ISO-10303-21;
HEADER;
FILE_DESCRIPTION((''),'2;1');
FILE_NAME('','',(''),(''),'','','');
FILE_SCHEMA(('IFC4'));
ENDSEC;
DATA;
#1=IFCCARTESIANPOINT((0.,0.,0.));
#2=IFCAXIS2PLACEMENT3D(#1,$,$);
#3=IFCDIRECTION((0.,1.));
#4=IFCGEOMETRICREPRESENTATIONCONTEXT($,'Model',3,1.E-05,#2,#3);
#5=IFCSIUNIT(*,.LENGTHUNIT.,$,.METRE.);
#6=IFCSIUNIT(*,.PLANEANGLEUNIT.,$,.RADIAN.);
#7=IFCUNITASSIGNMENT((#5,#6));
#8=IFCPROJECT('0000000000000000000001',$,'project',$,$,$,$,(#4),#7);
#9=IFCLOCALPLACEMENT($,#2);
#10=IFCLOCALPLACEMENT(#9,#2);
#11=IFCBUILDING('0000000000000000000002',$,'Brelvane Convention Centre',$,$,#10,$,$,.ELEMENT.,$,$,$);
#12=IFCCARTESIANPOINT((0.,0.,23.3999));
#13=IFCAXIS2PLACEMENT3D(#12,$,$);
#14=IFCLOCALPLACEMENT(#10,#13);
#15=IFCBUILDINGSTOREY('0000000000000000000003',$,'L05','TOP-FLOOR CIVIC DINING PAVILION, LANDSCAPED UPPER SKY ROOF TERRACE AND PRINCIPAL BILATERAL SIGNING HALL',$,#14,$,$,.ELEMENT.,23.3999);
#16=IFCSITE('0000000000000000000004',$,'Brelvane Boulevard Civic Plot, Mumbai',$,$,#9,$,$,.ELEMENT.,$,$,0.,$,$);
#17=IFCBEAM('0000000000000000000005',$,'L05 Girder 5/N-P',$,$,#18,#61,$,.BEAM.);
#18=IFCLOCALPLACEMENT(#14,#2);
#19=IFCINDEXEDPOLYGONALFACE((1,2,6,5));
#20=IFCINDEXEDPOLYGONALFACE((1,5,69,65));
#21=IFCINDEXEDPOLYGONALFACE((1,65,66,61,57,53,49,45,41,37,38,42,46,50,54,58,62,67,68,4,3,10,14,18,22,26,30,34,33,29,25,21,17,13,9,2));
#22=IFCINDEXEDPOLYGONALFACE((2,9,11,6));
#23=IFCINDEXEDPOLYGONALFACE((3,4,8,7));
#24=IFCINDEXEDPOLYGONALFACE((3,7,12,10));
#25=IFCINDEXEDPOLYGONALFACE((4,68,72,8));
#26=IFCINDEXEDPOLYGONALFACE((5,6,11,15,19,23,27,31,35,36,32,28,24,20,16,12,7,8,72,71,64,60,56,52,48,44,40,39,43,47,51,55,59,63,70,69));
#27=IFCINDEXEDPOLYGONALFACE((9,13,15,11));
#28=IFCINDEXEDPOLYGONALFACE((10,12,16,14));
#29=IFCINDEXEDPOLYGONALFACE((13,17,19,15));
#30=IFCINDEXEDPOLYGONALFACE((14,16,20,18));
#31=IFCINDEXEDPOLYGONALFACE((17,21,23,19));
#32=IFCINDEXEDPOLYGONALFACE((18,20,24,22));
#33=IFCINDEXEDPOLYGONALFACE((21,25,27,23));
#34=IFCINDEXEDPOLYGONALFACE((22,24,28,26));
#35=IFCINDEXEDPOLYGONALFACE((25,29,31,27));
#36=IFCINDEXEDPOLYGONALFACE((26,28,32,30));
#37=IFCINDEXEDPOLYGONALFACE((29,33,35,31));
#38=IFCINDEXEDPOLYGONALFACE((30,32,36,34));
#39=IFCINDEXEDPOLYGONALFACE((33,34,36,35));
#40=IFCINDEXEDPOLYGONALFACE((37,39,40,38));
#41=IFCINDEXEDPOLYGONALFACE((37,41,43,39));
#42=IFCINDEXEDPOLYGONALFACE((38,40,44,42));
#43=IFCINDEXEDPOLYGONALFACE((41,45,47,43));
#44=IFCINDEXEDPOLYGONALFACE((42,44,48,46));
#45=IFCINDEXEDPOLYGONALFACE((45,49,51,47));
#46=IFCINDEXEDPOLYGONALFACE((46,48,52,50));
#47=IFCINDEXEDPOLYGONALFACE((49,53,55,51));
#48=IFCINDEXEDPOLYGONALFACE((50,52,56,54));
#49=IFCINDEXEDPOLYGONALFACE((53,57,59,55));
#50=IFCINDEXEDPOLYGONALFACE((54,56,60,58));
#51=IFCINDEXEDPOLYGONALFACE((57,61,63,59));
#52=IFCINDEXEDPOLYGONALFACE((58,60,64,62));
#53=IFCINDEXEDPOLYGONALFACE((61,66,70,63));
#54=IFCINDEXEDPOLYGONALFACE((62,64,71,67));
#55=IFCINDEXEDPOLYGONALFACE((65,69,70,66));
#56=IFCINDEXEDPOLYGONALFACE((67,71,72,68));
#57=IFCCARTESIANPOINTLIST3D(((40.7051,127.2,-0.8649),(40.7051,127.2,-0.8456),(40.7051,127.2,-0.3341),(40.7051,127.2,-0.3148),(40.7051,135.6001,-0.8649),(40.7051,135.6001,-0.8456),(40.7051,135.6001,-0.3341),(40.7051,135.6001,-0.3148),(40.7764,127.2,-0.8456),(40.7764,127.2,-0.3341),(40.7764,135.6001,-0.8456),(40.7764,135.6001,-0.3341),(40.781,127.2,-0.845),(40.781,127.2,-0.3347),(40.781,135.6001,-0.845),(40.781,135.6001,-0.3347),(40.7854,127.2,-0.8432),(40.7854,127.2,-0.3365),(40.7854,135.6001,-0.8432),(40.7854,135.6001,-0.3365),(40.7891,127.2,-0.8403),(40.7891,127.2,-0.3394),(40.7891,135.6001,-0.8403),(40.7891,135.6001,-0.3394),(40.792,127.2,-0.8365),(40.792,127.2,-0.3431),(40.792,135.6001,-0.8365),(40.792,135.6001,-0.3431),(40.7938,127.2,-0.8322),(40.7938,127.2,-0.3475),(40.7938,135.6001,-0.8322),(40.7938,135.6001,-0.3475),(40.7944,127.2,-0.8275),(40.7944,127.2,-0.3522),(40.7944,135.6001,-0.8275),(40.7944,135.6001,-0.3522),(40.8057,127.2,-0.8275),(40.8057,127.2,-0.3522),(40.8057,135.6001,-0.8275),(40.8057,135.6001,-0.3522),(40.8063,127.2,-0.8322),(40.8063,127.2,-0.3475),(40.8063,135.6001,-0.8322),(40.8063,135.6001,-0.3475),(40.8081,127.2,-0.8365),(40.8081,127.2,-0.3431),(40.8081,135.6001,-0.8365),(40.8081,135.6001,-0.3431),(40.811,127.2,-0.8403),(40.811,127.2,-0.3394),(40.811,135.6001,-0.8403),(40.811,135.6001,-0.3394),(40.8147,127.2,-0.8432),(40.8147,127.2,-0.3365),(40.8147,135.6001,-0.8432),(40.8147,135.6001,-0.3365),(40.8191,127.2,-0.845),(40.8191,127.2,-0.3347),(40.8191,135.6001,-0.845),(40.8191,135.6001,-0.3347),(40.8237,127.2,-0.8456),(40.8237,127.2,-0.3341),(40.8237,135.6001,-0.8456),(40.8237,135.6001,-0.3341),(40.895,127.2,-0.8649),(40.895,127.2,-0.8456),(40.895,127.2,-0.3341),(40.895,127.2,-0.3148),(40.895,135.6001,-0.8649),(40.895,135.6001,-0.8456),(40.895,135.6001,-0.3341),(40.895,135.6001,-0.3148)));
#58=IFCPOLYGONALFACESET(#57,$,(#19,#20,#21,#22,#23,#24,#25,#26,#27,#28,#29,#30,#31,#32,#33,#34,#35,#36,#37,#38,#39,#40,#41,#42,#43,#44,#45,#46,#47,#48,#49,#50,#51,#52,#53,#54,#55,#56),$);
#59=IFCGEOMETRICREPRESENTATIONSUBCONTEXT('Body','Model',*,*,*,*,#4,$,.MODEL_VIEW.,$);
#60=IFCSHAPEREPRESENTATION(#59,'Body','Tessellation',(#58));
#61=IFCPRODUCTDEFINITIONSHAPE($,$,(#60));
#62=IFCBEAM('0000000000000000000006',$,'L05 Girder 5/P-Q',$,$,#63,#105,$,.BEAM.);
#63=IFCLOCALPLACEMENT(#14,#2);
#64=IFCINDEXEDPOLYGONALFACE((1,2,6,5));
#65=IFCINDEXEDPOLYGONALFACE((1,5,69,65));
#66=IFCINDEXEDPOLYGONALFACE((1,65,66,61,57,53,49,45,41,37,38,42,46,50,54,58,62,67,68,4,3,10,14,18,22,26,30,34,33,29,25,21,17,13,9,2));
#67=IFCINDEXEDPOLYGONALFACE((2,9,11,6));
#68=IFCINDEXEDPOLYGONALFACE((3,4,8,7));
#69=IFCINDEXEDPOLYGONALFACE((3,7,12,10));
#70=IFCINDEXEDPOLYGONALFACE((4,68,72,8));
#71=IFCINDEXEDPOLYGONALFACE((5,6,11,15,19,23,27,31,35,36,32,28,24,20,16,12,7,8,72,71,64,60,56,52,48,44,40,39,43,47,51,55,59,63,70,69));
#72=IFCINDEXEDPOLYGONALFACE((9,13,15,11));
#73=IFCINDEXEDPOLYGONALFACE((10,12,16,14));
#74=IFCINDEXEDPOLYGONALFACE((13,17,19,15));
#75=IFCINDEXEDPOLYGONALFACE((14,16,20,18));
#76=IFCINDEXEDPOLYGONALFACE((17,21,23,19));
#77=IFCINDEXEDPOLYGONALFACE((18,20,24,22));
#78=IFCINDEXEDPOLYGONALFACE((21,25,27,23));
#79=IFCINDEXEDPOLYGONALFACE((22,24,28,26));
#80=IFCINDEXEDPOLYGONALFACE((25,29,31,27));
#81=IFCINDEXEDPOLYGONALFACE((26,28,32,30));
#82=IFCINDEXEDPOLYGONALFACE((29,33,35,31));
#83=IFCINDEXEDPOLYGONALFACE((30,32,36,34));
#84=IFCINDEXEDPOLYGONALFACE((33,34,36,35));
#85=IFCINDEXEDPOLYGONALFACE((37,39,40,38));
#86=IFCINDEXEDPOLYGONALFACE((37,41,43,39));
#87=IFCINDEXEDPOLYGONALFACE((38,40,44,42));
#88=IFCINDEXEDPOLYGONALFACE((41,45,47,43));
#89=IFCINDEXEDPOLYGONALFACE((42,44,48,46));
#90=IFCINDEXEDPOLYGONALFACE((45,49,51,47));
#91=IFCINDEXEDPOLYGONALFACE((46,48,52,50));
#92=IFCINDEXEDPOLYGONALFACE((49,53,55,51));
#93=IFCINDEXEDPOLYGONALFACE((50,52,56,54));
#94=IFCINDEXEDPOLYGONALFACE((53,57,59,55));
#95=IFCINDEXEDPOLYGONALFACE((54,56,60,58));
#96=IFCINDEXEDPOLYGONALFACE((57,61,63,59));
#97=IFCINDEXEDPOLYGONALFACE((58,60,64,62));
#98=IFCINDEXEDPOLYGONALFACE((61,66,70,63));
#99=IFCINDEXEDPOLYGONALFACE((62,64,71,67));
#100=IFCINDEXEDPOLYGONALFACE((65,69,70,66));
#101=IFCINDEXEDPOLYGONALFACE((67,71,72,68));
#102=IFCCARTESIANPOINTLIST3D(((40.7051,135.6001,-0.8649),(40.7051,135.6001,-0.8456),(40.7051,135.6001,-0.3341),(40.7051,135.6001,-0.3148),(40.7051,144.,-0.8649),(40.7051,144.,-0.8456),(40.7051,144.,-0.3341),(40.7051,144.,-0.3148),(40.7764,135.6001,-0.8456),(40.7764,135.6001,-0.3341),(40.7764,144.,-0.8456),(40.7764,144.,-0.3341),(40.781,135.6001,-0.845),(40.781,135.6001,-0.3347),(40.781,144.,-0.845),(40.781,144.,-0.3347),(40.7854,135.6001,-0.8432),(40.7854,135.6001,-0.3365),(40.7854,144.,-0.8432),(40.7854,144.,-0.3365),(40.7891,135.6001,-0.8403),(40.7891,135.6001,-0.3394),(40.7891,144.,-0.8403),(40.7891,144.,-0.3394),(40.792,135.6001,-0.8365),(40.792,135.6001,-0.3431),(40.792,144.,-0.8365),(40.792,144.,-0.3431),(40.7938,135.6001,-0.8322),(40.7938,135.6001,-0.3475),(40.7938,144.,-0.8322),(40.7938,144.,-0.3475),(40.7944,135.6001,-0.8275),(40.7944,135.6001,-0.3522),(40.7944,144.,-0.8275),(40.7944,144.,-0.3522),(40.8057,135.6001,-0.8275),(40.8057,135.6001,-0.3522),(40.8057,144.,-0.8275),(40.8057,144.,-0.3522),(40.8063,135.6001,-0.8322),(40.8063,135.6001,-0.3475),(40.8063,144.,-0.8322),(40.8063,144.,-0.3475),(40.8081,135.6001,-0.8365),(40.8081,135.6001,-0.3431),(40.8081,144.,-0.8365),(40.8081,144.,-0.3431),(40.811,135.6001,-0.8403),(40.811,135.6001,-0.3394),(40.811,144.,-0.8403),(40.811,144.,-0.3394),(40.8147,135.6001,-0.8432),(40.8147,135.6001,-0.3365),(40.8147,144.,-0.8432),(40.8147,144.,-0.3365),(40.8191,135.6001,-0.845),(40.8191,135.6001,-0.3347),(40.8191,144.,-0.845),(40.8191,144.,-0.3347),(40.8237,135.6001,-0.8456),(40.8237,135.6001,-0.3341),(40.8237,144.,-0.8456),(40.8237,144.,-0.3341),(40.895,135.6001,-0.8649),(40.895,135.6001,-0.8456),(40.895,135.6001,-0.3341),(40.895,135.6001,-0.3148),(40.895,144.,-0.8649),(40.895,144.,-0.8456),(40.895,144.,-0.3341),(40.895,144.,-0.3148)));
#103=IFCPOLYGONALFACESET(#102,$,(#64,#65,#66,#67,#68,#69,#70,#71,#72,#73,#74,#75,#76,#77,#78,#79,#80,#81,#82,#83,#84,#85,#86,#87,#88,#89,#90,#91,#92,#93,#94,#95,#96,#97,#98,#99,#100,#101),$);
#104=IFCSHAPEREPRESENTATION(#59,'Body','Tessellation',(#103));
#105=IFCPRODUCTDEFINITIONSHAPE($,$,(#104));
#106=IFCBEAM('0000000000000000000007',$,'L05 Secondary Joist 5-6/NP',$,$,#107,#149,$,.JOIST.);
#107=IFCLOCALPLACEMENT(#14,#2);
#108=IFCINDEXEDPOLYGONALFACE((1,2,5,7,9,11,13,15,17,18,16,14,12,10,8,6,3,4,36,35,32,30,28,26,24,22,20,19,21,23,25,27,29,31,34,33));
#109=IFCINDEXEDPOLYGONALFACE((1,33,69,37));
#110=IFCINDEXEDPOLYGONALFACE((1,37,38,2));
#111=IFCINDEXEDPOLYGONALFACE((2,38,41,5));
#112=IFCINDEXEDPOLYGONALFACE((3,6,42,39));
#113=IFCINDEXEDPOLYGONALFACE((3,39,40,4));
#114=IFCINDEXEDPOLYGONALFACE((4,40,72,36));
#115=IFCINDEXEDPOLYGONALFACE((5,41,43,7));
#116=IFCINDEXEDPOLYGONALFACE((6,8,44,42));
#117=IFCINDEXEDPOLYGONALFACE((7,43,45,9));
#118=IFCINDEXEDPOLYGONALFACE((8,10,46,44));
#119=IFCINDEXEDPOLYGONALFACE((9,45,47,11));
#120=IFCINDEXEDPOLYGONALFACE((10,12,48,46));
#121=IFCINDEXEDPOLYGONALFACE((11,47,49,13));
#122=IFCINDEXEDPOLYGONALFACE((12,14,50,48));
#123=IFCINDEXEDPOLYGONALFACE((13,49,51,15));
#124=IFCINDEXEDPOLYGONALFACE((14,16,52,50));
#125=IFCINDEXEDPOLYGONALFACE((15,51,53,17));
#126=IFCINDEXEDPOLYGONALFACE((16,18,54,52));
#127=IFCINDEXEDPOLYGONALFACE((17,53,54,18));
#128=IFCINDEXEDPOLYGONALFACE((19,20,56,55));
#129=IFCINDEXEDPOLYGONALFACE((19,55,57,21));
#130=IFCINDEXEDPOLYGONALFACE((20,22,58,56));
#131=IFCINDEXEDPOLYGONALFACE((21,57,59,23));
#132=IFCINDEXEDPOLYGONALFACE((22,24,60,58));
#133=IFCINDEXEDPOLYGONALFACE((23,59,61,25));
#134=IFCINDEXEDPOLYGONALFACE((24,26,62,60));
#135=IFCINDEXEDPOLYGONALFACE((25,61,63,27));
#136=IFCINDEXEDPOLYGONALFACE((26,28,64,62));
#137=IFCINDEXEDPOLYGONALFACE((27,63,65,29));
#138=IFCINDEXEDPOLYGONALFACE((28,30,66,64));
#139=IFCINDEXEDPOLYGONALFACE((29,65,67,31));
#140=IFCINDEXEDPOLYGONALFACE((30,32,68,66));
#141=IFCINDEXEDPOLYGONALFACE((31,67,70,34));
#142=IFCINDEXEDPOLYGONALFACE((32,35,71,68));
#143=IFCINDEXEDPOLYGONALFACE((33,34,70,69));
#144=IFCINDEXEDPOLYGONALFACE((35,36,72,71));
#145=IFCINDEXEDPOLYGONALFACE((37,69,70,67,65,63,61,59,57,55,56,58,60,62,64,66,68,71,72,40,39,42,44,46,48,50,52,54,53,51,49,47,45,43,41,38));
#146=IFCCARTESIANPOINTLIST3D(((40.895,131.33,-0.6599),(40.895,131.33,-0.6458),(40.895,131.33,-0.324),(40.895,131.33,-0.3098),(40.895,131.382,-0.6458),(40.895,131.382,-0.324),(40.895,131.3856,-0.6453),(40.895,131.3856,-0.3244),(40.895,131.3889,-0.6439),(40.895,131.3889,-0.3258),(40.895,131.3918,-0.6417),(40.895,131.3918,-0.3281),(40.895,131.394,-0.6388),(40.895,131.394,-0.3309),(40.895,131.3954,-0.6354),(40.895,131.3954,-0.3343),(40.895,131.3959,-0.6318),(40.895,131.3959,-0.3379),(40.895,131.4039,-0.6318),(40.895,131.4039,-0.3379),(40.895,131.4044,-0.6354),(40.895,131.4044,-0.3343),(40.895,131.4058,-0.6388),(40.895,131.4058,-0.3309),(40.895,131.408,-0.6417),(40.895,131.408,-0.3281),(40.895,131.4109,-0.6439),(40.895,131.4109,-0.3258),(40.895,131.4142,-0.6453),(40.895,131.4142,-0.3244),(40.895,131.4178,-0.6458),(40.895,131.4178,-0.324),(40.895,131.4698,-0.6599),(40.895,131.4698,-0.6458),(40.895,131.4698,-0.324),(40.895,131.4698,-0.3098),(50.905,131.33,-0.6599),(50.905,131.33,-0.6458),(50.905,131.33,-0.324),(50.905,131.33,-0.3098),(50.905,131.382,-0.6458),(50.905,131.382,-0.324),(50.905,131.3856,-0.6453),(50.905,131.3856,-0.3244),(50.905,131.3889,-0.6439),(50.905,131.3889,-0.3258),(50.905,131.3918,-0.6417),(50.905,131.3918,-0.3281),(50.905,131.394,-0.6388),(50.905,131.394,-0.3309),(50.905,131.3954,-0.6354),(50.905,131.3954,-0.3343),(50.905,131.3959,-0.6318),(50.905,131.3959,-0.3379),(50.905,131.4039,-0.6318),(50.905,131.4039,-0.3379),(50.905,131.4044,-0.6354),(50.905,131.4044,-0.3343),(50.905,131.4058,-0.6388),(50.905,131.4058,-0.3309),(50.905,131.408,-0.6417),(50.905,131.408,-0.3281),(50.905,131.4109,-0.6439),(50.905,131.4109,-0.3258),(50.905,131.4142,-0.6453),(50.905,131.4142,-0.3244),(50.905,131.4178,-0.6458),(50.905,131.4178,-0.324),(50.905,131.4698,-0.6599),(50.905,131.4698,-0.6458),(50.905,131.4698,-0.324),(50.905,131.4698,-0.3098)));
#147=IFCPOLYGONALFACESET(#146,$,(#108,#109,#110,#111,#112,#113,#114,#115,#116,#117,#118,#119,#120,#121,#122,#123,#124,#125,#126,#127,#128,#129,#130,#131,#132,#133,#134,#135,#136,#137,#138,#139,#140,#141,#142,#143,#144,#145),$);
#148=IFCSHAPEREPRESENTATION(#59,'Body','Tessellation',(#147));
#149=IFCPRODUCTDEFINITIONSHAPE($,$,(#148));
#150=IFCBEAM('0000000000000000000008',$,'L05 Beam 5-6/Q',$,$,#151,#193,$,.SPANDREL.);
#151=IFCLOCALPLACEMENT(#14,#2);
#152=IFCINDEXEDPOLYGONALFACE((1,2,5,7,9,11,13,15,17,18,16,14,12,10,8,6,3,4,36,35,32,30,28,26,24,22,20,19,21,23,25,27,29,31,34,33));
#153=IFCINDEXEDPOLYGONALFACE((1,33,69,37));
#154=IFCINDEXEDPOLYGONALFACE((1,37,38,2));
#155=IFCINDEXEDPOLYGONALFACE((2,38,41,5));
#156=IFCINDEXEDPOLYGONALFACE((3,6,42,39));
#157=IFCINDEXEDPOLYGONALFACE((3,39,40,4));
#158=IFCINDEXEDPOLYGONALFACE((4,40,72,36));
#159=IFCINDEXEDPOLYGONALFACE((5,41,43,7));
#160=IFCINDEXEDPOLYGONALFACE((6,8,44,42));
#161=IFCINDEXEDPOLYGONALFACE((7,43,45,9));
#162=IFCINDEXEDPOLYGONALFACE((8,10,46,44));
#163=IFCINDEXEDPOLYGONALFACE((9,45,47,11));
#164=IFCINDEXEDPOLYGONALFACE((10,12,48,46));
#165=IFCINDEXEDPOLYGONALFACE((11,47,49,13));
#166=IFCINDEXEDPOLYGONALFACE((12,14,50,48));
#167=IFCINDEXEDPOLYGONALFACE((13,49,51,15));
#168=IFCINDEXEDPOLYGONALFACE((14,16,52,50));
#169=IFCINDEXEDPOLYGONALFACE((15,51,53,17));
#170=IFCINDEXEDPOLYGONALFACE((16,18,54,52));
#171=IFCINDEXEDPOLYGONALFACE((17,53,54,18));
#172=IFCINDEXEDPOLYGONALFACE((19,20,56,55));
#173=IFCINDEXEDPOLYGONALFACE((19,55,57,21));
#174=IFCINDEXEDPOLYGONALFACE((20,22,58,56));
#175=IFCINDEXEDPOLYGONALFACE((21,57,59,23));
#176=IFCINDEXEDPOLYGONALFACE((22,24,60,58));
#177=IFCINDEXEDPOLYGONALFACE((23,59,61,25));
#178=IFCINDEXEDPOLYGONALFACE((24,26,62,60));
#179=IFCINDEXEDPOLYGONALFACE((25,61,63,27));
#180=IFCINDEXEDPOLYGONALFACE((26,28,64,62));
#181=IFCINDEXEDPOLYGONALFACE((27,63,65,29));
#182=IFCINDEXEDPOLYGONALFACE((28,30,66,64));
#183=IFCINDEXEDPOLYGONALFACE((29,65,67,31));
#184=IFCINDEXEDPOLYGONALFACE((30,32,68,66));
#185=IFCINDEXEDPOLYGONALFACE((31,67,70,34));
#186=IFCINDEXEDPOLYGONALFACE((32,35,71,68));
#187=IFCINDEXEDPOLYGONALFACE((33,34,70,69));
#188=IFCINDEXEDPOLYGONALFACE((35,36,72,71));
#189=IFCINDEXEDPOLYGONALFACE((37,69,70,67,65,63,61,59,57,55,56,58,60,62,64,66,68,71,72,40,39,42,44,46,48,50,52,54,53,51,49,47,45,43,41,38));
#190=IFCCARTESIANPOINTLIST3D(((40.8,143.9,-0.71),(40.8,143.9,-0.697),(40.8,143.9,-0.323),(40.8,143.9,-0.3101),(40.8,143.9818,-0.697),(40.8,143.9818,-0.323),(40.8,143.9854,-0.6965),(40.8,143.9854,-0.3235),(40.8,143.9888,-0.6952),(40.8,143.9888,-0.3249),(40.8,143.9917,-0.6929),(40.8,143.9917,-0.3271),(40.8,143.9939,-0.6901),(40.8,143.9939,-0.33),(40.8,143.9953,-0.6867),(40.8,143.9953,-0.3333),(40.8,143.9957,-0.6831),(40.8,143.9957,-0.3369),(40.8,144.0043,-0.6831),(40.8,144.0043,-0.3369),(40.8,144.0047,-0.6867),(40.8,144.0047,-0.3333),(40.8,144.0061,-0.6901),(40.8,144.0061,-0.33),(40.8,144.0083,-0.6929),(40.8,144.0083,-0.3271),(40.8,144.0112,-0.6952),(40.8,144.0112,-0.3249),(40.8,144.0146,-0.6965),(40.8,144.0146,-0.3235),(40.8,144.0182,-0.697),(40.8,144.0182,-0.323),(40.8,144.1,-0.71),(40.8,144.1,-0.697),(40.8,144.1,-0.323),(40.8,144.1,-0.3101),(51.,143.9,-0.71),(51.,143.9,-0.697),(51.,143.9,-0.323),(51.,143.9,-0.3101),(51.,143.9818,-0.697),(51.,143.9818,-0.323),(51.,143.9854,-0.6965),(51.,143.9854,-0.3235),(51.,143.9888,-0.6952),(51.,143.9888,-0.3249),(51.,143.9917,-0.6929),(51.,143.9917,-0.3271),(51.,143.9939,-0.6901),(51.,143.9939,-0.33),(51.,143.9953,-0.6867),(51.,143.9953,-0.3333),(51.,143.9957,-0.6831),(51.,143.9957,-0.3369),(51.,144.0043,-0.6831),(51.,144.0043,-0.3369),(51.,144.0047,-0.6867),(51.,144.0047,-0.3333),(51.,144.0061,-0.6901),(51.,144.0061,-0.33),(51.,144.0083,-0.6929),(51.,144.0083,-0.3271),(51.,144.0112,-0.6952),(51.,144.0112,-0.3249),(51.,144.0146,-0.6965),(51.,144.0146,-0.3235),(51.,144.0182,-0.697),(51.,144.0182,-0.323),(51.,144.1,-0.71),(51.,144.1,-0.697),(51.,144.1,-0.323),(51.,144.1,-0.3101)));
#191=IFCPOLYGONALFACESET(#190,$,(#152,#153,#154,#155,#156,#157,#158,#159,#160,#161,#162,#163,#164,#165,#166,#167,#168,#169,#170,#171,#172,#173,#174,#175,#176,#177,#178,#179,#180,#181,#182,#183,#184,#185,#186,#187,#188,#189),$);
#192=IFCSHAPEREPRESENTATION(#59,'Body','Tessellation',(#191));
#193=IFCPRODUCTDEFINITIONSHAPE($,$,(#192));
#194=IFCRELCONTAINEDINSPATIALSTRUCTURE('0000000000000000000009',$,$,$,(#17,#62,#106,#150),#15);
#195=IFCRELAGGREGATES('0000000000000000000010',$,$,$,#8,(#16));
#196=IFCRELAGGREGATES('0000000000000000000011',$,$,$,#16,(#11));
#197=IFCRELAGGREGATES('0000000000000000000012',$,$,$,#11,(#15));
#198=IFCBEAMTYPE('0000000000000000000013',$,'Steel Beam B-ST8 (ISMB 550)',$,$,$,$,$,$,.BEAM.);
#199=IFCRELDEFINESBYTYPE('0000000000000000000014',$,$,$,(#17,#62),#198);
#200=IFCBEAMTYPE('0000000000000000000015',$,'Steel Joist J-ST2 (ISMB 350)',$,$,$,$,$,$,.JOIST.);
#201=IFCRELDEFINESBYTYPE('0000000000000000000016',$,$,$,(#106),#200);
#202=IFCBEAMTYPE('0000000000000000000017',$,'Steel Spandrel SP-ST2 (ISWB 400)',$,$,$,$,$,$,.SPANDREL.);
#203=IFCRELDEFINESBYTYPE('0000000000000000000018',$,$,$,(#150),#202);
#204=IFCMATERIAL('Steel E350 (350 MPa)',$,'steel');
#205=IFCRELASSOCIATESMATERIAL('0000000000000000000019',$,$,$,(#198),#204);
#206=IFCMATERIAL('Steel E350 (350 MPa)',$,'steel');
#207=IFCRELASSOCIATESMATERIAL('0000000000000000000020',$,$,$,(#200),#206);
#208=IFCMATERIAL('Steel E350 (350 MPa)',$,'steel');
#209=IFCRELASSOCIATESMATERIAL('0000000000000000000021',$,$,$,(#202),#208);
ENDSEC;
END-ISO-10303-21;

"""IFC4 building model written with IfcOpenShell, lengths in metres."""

from ifc_helpers import new_model, si_unit, direction, frame, origin, origin_2d, place, context, subcontext, project, spatial, i_section, extrude, material, material_profile, profile_set, type_object, element, save


model = new_model("IFC4")

# Units and contexts
model_context = context("Model", 3, precision=1e-05, world=origin(), true_north=direction((0.0, 1.0)))
body_context = subcontext(model_context, "Body", "Model", "MODEL_VIEW")
ifc_project = project(units=[si_unit("LENGTHUNIT", "METRE"), si_unit("PLANEANGLEUNIT", "RADIAN")], contexts=[model_context])

# Site, building, storey
site_placement = place(None, origin())
site = spatial("IfcSite", under=ifc_project, at=site_placement, Name="Brelvane Boulevard Civic Plot, Mumbai", CompositionType="ELEMENT", RefElevation=0.0)
building_placement = place(site_placement, origin())
building = spatial("IfcBuilding", under=site, at=building_placement, Name="Brelvane Convention Centre", CompositionType="ELEMENT")
storey_placement = place(building_placement, frame((0.0, 0.0, 23.3999)))
storey = spatial("IfcBuildingStorey", under=building, at=storey_placement, Name="L05", Description="TOP-FLOOR CIVIC DINING PAVILION, LANDSCAPED UPPER SKY ROOF TERRACE AND PRINCIPAL BILATERAL SIGNING HALL", CompositionType="ELEMENT", Elevation=23.3999)

# Beams
ifc_material_1 = material(Name="Steel E350 (350 MPa)", Category="steel")
ifc_material_profile_1 = material_profile(ifc_material_1, i_section(OverallWidth=0.1899, OverallDepth=0.55, WebThickness=0.0112, FlangeThickness=0.0193, FilletRadius=0.0181, at=origin_2d()), Name="ISMB 550")
ifc_profile_set_1 = profile_set([ifc_material_profile_1], Name="Steel E350 (350 MPa)")
beam_type_1 = type_object("IfcBeamType", Name="Steel Beam B-ST8 (ISMB 550)", PredefinedType="BEAM", material=ifc_profile_set_1)
beam_1_placement = place(storey_placement, frame((40.8, 127.2, -0.5898), z_axis=(0.0, 1.0, 0.0), x_axis=(-1.0, 0.0, 0.0)))
element("IfcBeam", 1, at=beam_1_placement, inside=storey, type_object=beam_type_1, Name="L05 Girder 5/N-P", PredefinedType="BEAM", context=body_context, shape_type="SweptSolid", body=[
    extrude(i_section(OverallWidth=0.1899, OverallDepth=0.55, WebThickness=0.0112, FlangeThickness=0.0193, FilletRadius=0.0181, at=origin_2d()), origin(), (0.0, 0.0, 1.0), 8.4001),
])
beam_2_placement = place(storey_placement, frame((40.8, 135.6001, -0.5898), z_axis=(0.0, 1.0, 0.0), x_axis=(-1.0, 0.0, 0.0)))
element("IfcBeam", 2, at=beam_2_placement, inside=storey, type_object=beam_type_1, Name="L05 Girder 5/P-Q", PredefinedType="BEAM", context=body_context, shape_type="SweptSolid", body=[
    extrude(i_section(OverallWidth=0.1899, OverallDepth=0.55, WebThickness=0.0112, FlangeThickness=0.0193, FilletRadius=0.0181, at=origin_2d()), origin(), (0.0, 0.0, 1.0), 8.3999),
])
ifc_material_2 = material(Name="Steel E350 (350 MPa)", Category="steel")
ifc_material_profile_2 = material_profile(ifc_material_2, i_section(OverallWidth=0.1399, OverallDepth=0.3501, WebThickness=0.0081, FlangeThickness=0.0142, FilletRadius=0.0139, at=origin_2d()), Name="ISMB 350")
ifc_profile_set_2 = profile_set([ifc_material_profile_2], Name="Steel E350 (350 MPa)")
beam_type_2 = type_object("IfcBeamType", Name="Steel Joist J-ST2 (ISMB 350)", PredefinedType="JOIST", material=ifc_profile_set_2)
beam_3_placement = place(storey_placement, frame((40.895, 131.3999, -0.4849), z_axis=(1.0, 0.0, 0.0), x_axis=(0.0, 1.0, 0.0)))
element("IfcBeam", 3, at=beam_3_placement, inside=storey, type_object=beam_type_2, Name="L05 Secondary Joist 5-6/NP", PredefinedType="JOIST", context=body_context, shape_type="SweptSolid", body=[
    extrude(i_section(OverallWidth=0.1399, OverallDepth=0.3501, WebThickness=0.0081, FlangeThickness=0.0142, FilletRadius=0.0139, at=origin_2d()), origin(), (0.0, 0.0, 1.0), 10.01),
])
ifc_material_3 = material(Name="Steel E350 (350 MPa)", Category="steel")
ifc_material_profile_3 = material_profile(ifc_material_3, i_section(OverallWidth=0.2, OverallDepth=0.3999, WebThickness=0.0085, FlangeThickness=0.0129, FilletRadius=0.0139, at=origin_2d()), Name="ISWB 400")
ifc_profile_set_3 = profile_set([ifc_material_profile_3], Name="Steel E350 (350 MPa)")
beam_type_3 = type_object("IfcBeamType", Name="Steel Spandrel SP-ST2 (ISWB 400)", PredefinedType="SPANDREL", material=ifc_profile_set_3)
beam_4_placement = place(storey_placement, frame((40.8, 144.0, -0.51), z_axis=(1.0, 0.0, 0.0), x_axis=(0.0, 1.0, 0.0)))
element("IfcBeam", 4, at=beam_4_placement, inside=storey, type_object=beam_type_3, Name="L05 Beam 5-6/Q", PredefinedType="SPANDREL", context=body_context, shape_type="SweptSolid", body=[
    extrude(i_section(OverallWidth=0.2, OverallDepth=0.3999, WebThickness=0.0085, FlangeThickness=0.0129, FilletRadius=0.0139, at=origin_2d()), origin(), (0.0, 0.0, 1.0), 10.2),
])

save(model, "model.ifc")
